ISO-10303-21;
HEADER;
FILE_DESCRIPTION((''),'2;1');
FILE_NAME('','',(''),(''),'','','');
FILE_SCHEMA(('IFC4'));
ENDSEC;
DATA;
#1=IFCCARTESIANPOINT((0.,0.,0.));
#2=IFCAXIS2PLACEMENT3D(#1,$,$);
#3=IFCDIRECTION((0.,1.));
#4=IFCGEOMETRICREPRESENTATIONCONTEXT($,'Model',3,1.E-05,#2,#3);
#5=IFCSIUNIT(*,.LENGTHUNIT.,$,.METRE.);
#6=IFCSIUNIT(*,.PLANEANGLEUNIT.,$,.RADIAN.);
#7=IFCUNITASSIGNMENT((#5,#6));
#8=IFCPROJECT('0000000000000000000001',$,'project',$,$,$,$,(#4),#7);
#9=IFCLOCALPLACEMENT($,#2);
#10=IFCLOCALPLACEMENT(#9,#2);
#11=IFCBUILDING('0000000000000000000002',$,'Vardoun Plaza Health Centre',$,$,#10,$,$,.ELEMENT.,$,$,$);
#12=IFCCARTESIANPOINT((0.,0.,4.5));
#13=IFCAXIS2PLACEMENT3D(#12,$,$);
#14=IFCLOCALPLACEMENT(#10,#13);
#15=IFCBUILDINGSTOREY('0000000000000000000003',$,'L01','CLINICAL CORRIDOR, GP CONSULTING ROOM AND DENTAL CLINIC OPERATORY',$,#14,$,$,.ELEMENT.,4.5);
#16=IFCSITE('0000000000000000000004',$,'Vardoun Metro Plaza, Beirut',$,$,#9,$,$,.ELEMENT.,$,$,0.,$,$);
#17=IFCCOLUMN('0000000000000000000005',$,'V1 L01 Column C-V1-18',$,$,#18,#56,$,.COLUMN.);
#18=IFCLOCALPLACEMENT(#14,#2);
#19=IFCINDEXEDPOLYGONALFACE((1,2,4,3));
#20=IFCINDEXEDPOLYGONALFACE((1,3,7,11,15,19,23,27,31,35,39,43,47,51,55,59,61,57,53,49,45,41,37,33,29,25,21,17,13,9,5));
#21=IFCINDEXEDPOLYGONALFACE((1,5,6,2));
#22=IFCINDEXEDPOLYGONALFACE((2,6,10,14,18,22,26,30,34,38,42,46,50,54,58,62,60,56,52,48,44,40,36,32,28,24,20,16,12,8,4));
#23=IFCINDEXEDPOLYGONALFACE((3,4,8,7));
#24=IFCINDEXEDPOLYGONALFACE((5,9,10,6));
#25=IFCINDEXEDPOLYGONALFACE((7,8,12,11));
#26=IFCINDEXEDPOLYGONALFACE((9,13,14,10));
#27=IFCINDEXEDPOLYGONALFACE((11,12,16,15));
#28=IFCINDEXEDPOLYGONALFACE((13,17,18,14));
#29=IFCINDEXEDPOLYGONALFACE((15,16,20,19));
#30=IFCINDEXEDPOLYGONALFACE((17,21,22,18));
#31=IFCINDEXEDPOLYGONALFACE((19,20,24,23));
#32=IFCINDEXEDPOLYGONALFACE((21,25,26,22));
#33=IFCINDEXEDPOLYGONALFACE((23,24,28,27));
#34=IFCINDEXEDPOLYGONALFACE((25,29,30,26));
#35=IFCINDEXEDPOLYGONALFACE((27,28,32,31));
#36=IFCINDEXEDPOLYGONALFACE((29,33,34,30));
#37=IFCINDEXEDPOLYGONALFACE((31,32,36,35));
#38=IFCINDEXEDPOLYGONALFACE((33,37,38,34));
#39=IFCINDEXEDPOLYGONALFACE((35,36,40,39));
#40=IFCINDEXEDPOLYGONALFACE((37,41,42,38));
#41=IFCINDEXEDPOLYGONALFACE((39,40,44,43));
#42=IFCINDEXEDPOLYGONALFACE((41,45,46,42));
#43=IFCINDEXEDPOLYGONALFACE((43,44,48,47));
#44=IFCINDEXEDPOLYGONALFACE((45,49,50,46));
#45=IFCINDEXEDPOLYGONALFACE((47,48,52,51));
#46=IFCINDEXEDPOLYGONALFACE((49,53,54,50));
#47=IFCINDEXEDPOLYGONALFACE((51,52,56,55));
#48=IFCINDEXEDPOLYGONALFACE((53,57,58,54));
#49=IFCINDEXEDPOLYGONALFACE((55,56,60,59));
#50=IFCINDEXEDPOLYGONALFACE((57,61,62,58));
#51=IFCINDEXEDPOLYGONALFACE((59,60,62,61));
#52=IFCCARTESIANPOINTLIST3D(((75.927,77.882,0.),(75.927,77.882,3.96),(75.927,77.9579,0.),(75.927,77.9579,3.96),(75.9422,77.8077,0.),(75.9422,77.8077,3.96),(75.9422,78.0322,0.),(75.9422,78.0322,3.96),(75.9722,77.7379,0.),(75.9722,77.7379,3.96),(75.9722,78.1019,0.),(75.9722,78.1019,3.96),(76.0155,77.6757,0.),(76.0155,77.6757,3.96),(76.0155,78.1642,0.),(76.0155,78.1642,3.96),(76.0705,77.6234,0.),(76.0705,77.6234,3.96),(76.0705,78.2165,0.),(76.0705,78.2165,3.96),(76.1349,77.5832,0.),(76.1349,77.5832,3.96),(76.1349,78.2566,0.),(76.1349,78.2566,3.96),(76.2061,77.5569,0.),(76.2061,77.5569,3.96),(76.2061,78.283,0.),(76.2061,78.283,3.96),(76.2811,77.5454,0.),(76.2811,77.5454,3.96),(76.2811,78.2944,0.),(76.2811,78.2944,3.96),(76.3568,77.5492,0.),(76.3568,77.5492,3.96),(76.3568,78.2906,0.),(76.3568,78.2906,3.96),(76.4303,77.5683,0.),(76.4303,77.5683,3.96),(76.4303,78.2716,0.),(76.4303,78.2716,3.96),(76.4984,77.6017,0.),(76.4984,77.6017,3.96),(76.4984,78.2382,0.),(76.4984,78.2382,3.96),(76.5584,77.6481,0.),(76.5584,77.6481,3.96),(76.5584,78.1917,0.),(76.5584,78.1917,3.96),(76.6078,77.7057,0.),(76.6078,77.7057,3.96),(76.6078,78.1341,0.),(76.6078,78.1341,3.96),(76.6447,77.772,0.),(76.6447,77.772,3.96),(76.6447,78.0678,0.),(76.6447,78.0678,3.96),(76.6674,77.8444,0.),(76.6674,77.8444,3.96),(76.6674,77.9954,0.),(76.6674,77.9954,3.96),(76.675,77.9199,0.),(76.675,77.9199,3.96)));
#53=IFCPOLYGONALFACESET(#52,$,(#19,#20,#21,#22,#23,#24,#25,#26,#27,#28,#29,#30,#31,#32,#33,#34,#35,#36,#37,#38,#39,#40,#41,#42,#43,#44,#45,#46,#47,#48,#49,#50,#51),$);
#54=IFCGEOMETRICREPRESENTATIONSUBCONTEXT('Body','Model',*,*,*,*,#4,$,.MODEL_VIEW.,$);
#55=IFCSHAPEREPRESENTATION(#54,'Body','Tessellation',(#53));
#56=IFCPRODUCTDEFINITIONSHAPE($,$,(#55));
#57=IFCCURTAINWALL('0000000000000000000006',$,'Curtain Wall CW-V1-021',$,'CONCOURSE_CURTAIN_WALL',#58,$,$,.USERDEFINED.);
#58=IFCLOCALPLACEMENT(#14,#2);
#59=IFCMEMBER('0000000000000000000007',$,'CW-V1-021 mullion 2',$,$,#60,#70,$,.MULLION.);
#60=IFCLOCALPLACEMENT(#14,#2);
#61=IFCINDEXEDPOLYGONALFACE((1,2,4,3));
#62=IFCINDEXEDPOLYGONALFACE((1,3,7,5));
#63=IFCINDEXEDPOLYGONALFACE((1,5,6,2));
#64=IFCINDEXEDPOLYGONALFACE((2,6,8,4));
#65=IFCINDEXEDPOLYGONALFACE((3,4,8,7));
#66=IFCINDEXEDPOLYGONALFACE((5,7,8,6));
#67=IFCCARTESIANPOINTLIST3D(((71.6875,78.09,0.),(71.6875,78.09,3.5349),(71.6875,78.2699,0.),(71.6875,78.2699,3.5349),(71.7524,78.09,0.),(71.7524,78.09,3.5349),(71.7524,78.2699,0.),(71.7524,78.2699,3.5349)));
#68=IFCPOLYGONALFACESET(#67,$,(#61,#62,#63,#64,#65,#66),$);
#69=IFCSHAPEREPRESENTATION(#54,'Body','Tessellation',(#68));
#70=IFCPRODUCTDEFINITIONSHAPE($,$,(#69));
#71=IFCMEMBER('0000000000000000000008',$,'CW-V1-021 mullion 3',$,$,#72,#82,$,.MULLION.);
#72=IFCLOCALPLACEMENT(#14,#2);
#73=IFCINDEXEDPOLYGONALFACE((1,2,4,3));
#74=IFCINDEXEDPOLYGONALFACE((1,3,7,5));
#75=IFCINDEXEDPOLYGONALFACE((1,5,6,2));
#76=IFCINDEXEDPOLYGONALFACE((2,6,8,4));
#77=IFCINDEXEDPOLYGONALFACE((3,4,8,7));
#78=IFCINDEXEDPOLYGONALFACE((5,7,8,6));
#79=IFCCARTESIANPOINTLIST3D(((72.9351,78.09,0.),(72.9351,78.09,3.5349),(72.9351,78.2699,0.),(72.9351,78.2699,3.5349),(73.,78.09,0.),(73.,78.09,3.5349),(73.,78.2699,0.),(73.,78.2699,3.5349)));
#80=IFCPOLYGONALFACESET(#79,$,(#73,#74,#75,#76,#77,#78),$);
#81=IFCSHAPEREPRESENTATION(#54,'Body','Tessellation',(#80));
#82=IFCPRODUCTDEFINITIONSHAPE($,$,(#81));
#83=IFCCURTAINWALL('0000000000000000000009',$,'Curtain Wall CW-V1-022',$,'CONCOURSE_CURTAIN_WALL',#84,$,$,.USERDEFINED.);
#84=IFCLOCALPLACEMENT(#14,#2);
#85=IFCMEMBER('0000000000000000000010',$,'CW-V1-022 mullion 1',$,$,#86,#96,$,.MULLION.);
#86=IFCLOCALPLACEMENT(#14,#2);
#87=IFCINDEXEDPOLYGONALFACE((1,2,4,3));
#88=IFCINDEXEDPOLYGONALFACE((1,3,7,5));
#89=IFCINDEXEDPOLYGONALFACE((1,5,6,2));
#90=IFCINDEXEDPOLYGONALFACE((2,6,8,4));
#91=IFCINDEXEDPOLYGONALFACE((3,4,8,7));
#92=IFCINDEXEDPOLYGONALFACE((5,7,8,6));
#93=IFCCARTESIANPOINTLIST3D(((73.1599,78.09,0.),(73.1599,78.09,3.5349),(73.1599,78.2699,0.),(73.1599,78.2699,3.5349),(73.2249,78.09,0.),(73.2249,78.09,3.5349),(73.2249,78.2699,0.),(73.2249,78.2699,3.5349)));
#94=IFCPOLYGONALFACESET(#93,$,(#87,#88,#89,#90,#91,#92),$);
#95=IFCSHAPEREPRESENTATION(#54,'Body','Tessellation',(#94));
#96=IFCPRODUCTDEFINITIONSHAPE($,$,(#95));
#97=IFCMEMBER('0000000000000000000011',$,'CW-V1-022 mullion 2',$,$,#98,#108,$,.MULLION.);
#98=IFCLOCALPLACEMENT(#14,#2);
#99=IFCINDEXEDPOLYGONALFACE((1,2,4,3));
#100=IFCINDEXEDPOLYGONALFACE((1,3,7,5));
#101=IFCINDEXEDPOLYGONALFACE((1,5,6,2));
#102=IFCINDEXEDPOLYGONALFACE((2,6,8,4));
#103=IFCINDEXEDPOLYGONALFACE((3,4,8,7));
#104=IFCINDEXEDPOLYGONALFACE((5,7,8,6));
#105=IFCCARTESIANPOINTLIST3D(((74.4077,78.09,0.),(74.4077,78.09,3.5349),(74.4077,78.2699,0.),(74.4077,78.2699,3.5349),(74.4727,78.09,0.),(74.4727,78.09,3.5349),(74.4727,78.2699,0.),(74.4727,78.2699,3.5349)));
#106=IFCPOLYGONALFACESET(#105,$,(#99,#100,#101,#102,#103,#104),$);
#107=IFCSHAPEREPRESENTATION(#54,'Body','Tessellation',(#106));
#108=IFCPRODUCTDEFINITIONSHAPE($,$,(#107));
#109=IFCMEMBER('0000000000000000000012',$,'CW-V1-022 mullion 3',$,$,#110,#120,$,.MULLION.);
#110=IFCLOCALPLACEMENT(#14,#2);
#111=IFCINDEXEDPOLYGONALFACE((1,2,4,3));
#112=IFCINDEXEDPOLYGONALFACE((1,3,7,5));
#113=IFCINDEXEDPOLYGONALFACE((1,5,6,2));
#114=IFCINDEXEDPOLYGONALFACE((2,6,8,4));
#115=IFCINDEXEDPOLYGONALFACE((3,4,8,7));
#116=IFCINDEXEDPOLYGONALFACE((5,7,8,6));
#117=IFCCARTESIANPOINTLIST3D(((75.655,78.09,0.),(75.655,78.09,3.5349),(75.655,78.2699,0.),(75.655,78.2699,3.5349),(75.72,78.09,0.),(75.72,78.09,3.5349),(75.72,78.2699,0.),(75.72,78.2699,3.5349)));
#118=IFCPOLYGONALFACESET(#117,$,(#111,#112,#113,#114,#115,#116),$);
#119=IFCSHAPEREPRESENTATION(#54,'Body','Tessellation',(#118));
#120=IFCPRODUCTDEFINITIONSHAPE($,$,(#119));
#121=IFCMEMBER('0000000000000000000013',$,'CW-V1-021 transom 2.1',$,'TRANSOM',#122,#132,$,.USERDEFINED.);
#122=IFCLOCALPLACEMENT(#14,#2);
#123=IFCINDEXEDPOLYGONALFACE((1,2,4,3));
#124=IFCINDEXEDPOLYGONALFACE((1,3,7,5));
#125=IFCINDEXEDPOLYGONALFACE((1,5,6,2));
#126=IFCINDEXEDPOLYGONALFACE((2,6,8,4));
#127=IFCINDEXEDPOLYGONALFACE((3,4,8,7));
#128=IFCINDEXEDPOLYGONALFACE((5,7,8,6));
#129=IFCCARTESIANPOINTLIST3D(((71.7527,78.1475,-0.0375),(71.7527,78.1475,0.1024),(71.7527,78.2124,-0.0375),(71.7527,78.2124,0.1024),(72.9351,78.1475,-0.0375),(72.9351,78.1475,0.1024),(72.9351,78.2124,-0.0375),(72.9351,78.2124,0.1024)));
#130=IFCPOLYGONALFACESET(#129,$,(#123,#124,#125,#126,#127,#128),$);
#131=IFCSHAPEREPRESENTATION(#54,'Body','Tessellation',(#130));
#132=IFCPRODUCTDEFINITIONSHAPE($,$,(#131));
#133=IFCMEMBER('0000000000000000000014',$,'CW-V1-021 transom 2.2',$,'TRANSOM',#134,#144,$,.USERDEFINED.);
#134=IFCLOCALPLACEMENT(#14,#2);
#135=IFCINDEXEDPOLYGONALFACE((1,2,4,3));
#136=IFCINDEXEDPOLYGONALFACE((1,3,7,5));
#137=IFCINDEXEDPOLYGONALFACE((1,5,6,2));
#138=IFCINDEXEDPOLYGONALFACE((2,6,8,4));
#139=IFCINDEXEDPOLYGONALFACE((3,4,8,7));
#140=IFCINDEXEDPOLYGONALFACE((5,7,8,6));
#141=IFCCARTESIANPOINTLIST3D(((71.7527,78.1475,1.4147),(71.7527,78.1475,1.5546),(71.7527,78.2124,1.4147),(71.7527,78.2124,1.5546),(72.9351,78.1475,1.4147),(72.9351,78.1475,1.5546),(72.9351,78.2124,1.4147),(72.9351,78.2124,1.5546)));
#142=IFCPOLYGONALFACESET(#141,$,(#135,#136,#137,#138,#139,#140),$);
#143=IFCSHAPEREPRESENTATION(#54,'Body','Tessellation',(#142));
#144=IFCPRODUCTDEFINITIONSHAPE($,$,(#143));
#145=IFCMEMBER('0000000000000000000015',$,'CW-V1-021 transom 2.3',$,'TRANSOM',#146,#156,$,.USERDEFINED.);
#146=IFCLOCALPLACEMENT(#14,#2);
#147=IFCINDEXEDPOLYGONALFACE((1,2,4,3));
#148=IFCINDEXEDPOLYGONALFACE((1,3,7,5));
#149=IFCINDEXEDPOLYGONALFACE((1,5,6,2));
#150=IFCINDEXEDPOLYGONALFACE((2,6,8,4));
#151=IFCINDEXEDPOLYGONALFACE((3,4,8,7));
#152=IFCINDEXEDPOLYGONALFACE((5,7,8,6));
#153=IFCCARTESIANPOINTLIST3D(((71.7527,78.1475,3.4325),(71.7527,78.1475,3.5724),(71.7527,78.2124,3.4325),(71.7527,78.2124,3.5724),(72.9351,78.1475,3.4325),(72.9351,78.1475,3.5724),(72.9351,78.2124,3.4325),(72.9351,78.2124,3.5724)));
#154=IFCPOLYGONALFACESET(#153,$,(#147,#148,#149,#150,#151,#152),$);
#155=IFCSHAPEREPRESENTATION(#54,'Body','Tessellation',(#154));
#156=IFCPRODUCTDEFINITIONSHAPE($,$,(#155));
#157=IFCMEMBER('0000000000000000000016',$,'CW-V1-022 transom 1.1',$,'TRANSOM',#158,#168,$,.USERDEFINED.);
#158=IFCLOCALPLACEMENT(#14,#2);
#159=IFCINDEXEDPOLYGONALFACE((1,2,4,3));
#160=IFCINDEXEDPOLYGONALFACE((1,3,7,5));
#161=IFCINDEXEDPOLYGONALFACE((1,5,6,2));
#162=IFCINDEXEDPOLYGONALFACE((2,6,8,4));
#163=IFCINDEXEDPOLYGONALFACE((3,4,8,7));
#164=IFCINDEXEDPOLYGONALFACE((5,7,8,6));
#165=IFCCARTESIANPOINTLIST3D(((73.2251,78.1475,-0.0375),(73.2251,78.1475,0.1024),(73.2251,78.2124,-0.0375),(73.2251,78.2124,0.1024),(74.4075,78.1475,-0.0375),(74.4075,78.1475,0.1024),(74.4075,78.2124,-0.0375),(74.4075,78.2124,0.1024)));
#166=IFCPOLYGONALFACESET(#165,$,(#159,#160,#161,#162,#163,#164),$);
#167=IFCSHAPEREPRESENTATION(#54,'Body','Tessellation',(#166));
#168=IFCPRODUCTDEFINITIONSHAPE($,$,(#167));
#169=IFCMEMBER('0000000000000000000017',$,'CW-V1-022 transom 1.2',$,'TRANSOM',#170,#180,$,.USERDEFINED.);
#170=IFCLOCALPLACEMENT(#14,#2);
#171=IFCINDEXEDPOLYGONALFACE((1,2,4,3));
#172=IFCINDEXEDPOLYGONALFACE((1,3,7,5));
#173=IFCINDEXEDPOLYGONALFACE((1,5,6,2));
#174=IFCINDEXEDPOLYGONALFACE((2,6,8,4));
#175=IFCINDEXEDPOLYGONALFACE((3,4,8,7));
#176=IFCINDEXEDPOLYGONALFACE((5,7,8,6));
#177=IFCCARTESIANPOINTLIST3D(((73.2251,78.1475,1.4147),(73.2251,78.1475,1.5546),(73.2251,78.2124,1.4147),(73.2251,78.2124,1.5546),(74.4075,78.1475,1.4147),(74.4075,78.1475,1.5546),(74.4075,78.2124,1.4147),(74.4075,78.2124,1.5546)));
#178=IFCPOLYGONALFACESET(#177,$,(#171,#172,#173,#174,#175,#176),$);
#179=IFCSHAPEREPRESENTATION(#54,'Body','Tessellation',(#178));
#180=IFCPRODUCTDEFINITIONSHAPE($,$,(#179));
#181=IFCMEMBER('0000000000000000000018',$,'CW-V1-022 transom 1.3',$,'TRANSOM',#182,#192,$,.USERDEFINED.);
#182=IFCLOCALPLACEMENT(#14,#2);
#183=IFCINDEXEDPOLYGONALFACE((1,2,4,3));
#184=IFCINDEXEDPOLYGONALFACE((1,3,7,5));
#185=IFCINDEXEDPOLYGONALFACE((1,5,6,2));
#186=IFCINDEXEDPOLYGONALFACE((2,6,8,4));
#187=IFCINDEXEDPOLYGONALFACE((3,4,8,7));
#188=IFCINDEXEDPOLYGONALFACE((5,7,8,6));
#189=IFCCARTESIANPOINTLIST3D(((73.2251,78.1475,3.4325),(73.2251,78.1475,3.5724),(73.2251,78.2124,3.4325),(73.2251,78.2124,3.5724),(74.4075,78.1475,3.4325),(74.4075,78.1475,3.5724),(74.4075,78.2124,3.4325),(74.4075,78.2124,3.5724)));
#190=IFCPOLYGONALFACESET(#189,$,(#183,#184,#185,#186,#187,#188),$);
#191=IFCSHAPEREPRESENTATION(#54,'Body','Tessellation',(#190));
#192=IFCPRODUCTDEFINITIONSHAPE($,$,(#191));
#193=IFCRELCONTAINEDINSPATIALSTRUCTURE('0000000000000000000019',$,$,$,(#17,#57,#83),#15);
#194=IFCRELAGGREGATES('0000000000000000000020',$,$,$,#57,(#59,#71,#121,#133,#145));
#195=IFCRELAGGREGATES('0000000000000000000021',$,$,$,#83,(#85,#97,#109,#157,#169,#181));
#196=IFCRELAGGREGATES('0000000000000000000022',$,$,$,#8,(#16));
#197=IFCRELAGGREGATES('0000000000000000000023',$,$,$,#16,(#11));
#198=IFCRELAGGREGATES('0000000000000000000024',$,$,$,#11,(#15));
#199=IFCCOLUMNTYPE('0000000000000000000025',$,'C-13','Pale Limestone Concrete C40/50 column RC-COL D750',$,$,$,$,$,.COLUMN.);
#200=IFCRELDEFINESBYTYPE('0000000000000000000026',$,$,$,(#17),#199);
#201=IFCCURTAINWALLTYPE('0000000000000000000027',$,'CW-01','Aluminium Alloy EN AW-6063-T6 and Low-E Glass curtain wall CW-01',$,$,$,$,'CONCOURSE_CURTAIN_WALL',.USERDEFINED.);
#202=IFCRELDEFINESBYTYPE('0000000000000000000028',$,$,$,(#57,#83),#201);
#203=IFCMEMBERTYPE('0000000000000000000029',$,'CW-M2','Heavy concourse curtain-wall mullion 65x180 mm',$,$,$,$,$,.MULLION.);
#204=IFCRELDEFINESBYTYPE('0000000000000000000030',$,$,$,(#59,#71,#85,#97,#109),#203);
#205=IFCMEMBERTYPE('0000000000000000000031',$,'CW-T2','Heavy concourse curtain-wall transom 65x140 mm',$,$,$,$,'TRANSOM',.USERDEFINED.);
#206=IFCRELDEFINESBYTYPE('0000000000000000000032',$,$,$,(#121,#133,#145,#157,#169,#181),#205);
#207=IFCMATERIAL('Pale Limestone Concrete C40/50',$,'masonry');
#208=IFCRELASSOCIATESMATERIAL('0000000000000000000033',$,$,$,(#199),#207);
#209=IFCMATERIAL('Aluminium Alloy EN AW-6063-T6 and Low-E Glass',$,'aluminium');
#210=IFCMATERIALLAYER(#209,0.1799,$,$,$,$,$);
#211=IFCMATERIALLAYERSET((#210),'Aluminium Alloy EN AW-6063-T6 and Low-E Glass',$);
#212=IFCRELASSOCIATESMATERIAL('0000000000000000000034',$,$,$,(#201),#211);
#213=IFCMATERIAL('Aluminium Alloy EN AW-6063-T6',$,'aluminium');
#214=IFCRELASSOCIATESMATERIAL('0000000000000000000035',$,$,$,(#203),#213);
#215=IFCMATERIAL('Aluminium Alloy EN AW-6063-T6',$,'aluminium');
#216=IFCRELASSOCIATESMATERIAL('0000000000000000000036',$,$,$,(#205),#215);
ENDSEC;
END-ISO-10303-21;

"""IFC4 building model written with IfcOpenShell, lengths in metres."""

from ifc_helpers import new_model, si_unit, direction, frame, origin, origin_2d, place, context, subcontext, project, spatial, rectangle, circle, extrude, material, layer, layer_set, material_profile, profile_set, type_object, element, aggregate, save


model = new_model("IFC4")

# Units and contexts
model_context = context("Model", 3, precision=1e-05, world=origin(), true_north=direction((0.0, 1.0)))
body_context = subcontext(model_context, "Body", "Model", "MODEL_VIEW")
ifc_project = project(units=[si_unit("LENGTHUNIT", "METRE"), si_unit("PLANEANGLEUNIT", "RADIAN")], contexts=[model_context])

# Site, building, storey
site_placement = place(None, origin())
site = spatial("IfcSite", under=ifc_project, at=site_placement, Name="Vardoun Metro Plaza, Beirut", CompositionType="ELEMENT", RefElevation=0.0)
building_placement = place(site_placement, origin())
building = spatial("IfcBuilding", under=site, at=building_placement, Name="Vardoun Plaza Health Centre", CompositionType="ELEMENT")
storey_placement = place(building_placement, frame((0.0, 0.0, 4.5)))
storey = spatial("IfcBuildingStorey", under=building, at=storey_placement, Name="L01", Description="CLINICAL CORRIDOR, GP CONSULTING ROOM AND DENTAL CLINIC OPERATORY", CompositionType="ELEMENT", Elevation=4.5)

# Column
ifc_material_1 = material(Name="Pale Limestone Concrete C40/50", Category="masonry")
ifc_material_profile_1 = material_profile(ifc_material_1, circle(Radius=0.375, at=origin_2d()), Name="RC-COL D750")
ifc_profile_set_1 = profile_set([ifc_material_profile_1], Name="Pale Limestone Concrete C40/50")
column_type = type_object("IfcColumnType", Name="C-13", Description="Pale Limestone Concrete C40/50 column RC-COL D750", PredefinedType="COLUMN", material=ifc_profile_set_1)
column_placement = place(storey_placement, frame((76.3, 77.9199, 0.0), z_axis=(0.0, 0.0, 1.0), x_axis=(1.0, 0.0, 0.0)))
element("IfcColumn", 1, at=column_placement, inside=storey, type_object=column_type, Name="V1 L01 Column C-V1-18", PredefinedType="COLUMN", context=body_context, shape_type="SweptSolid", body=[
    extrude(circle(Radius=0.375, at=origin_2d()), origin(), (0.0, 0.0, 1.0), 3.96),
])

# Curtain walls, members
ifc_material_2 = material(Name="Aluminium Alloy EN AW-6063-T6 and Low-E Glass", Category="aluminium")
ifc_layer_1 = layer(ifc_material_2, 0.1799)
ifc_layer_set_1 = layer_set([ifc_layer_1], Name="Aluminium Alloy EN AW-6063-T6 and Low-E Glass")
curtain_wall_type = type_object("IfcCurtainWallType", Name="CW-01", Description="Aluminium Alloy EN AW-6063-T6 and Low-E Glass curtain wall CW-01", ElementType="CONCOURSE_CURTAIN_WALL", PredefinedType="USERDEFINED", material=ifc_layer_set_1)
curtain_wall_1_placement = place(storey_placement, origin())
curtain_wall_1 = element("IfcCurtainWall", 2, at=curtain_wall_1_placement, inside=storey, type_object=curtain_wall_type, Name="Curtain Wall CW-V1-021", ObjectType="CONCOURSE_CURTAIN_WALL", PredefinedType="USERDEFINED")
ifc_material_3 = material(Name="Aluminium Alloy EN AW-6063-T6", Category="aluminium")
ifc_material_profile_2 = material_profile(ifc_material_3, rectangle(XDim=0.1799, YDim=0.0649, at=origin_2d()), Name="CWM 65x180")
ifc_profile_set_2 = profile_set([ifc_material_profile_2], Name="Aluminium Alloy EN AW-6063-T6")
member_type_1 = type_object("IfcMemberType", Name="CW-M2", Description="Heavy concourse curtain-wall mullion 65x180 mm", PredefinedType="MULLION", material=ifc_profile_set_2)
member_1_placement = place(storey_placement, frame((71.72, 78.1799, 0.0), z_axis=(0.0, 0.0, 1.0), x_axis=(0.0, 1.0, 0.0)))
member_1 = element("IfcMember", 3, at=member_1_placement, type_object=member_type_1, Name="CW-V1-021 mullion 2", PredefinedType="MULLION", context=body_context, shape_type="SweptSolid", body=[
    extrude(rectangle(XDim=0.1799, YDim=0.0649, at=origin_2d()), origin(), (0.0, 0.0, 1.0), 3.5349),
])
member_2_placement = place(storey_placement, frame((72.9675, 78.1799, 0.0), z_axis=(0.0, 0.0, 1.0), x_axis=(0.0, 1.0, 0.0)))
member_2 = element("IfcMember", 4, at=member_2_placement, type_object=member_type_1, Name="CW-V1-021 mullion 3", PredefinedType="MULLION", context=body_context, shape_type="SweptSolid", body=[
    extrude(rectangle(XDim=0.1799, YDim=0.0649, at=origin_2d()), origin(), (0.0, 0.0, 1.0), 3.5349),
])
curtain_wall_2_placement = place(storey_placement, origin())
curtain_wall_2 = element("IfcCurtainWall", 5, at=curtain_wall_2_placement, inside=storey, type_object=curtain_wall_type, Name="Curtain Wall CW-V1-022", ObjectType="CONCOURSE_CURTAIN_WALL", PredefinedType="USERDEFINED")
member_3_placement = place(storey_placement, frame((73.1924, 78.1799, 0.0), z_axis=(0.0, 0.0, 1.0), x_axis=(0.0, 1.0, 0.0)))
member_3 = element("IfcMember", 6, at=member_3_placement, type_object=member_type_1, Name="CW-V1-022 mullion 1", PredefinedType="MULLION", context=body_context, shape_type="SweptSolid", body=[
    extrude(rectangle(XDim=0.1799, YDim=0.0649, at=origin_2d()), origin(), (0.0, 0.0, 1.0), 3.5349),
])
member_4_placement = place(storey_placement, frame((74.4402, 78.1799, 0.0), z_axis=(0.0, 0.0, 1.0), x_axis=(0.0, 1.0, 0.0)))
member_4 = element("IfcMember", 7, at=member_4_placement, type_object=member_type_1, Name="CW-V1-022 mullion 2", PredefinedType="MULLION", context=body_context, shape_type="SweptSolid", body=[
    extrude(rectangle(XDim=0.1799, YDim=0.0649, at=origin_2d()), origin(), (0.0, 0.0, 1.0), 3.5349),
])
member_5_placement = place(storey_placement, frame((75.6875, 78.1799, 0.0), z_axis=(0.0, 0.0, 1.0), x_axis=(0.0, 1.0, 0.0)))
member_5 = element("IfcMember", 8, at=member_5_placement, type_object=member_type_1, Name="CW-V1-022 mullion 3", PredefinedType="MULLION", context=body_context, shape_type="SweptSolid", body=[
    extrude(rectangle(XDim=0.1799, YDim=0.0649, at=origin_2d()), origin(), (0.0, 0.0, 1.0), 3.5349),
])

# Members
ifc_material_4 = material(Name="Aluminium Alloy EN AW-6063-T6", Category="aluminium")
ifc_material_profile_3 = material_profile(ifc_material_4, rectangle(XDim=0.0649, YDim=0.1399, at=origin_2d()), Name="CWT 65x140")
ifc_profile_set_3 = profile_set([ifc_material_profile_3], Name="Aluminium Alloy EN AW-6063-T6")
member_type_2 = type_object("IfcMemberType", Name="CW-T2", Description="Heavy concourse curtain-wall transom 65x140 mm", ElementType="TRANSOM", PredefinedType="USERDEFINED", material=ifc_profile_set_3)
member_6_placement = place(storey_placement, frame((71.7527, 78.1799, 0.0325), z_axis=(1.0, 0.0, 0.0), x_axis=(0.0, 1.0, 0.0)))
member_6 = element("IfcMember", 9, at=member_6_placement, type_object=member_type_2, Name="CW-V1-021 transom 2.1", ObjectType="TRANSOM", PredefinedType="USERDEFINED", context=body_context, shape_type="SweptSolid", body=[
    extrude(rectangle(XDim=0.0649, YDim=0.1399, at=origin_2d()), origin(), (0.0, 0.0, 1.0), 1.1824),
])
member_7_placement = place(storey_placement, frame((71.7527, 78.1799, 1.4846), z_axis=(1.0, 0.0, 0.0), x_axis=(0.0, 1.0, 0.0)))
member_7 = element("IfcMember", 10, at=member_7_placement, type_object=member_type_2, Name="CW-V1-021 transom 2.2", ObjectType="TRANSOM", PredefinedType="USERDEFINED", context=body_context, shape_type="SweptSolid", body=[
    extrude(rectangle(XDim=0.0649, YDim=0.1399, at=origin_2d()), origin(), (0.0, 0.0, 1.0), 1.1824),
])
member_8_placement = place(storey_placement, frame((71.7527, 78.1799, 3.5024), z_axis=(1.0, 0.0, 0.0), x_axis=(0.0, 1.0, 0.0)))
member_8 = element("IfcMember", 11, at=member_8_placement, type_object=member_type_2, Name="CW-V1-021 transom 2.3", ObjectType="TRANSOM", PredefinedType="USERDEFINED", context=body_context, shape_type="SweptSolid", body=[
    extrude(rectangle(XDim=0.0649, YDim=0.1399, at=origin_2d()), origin(), (0.0, 0.0, 1.0), 1.1824),
])
member_9_placement = place(storey_placement, frame((73.2251, 78.1799, 0.0325), z_axis=(1.0, 0.0, 0.0), x_axis=(0.0, 1.0, 0.0)))
member_9 = element("IfcMember", 12, at=member_9_placement, type_object=member_type_2, Name="CW-V1-022 transom 1.1", ObjectType="TRANSOM", PredefinedType="USERDEFINED", context=body_context, shape_type="SweptSolid", body=[
    extrude(rectangle(XDim=0.0649, YDim=0.1399, at=origin_2d()), origin(), (0.0, 0.0, 1.0), 1.1824),
])
member_10_placement = place(storey_placement, frame((73.2251, 78.1799, 1.4846), z_axis=(1.0, 0.0, 0.0), x_axis=(0.0, 1.0, 0.0)))
member_10 = element("IfcMember", 13, at=member_10_placement, type_object=member_type_2, Name="CW-V1-022 transom 1.2", ObjectType="TRANSOM", PredefinedType="USERDEFINED", context=body_context, shape_type="SweptSolid", body=[
    extrude(rectangle(XDim=0.0649, YDim=0.1399, at=origin_2d()), origin(), (0.0, 0.0, 1.0), 1.1824),
])
member_11_placement = place(storey_placement, frame((73.2251, 78.1799, 3.5024), z_axis=(1.0, 0.0, 0.0), x_axis=(0.0, 1.0, 0.0)))
member_11 = element("IfcMember", 14, at=member_11_placement, type_object=member_type_2, Name="CW-V1-022 transom 1.3", ObjectType="TRANSOM", PredefinedType="USERDEFINED", context=body_context, shape_type="SweptSolid", body=[
    extrude(rectangle(XDim=0.0649, YDim=0.1399, at=origin_2d()), origin(), (0.0, 0.0, 1.0), 1.1824),
])

aggregate(curtain_wall_1, [member_1, member_2, member_6, member_7, member_8])
aggregate(curtain_wall_2, [member_3, member_4, member_5, member_9, member_10, member_11])

save(model, "model.ifc")
